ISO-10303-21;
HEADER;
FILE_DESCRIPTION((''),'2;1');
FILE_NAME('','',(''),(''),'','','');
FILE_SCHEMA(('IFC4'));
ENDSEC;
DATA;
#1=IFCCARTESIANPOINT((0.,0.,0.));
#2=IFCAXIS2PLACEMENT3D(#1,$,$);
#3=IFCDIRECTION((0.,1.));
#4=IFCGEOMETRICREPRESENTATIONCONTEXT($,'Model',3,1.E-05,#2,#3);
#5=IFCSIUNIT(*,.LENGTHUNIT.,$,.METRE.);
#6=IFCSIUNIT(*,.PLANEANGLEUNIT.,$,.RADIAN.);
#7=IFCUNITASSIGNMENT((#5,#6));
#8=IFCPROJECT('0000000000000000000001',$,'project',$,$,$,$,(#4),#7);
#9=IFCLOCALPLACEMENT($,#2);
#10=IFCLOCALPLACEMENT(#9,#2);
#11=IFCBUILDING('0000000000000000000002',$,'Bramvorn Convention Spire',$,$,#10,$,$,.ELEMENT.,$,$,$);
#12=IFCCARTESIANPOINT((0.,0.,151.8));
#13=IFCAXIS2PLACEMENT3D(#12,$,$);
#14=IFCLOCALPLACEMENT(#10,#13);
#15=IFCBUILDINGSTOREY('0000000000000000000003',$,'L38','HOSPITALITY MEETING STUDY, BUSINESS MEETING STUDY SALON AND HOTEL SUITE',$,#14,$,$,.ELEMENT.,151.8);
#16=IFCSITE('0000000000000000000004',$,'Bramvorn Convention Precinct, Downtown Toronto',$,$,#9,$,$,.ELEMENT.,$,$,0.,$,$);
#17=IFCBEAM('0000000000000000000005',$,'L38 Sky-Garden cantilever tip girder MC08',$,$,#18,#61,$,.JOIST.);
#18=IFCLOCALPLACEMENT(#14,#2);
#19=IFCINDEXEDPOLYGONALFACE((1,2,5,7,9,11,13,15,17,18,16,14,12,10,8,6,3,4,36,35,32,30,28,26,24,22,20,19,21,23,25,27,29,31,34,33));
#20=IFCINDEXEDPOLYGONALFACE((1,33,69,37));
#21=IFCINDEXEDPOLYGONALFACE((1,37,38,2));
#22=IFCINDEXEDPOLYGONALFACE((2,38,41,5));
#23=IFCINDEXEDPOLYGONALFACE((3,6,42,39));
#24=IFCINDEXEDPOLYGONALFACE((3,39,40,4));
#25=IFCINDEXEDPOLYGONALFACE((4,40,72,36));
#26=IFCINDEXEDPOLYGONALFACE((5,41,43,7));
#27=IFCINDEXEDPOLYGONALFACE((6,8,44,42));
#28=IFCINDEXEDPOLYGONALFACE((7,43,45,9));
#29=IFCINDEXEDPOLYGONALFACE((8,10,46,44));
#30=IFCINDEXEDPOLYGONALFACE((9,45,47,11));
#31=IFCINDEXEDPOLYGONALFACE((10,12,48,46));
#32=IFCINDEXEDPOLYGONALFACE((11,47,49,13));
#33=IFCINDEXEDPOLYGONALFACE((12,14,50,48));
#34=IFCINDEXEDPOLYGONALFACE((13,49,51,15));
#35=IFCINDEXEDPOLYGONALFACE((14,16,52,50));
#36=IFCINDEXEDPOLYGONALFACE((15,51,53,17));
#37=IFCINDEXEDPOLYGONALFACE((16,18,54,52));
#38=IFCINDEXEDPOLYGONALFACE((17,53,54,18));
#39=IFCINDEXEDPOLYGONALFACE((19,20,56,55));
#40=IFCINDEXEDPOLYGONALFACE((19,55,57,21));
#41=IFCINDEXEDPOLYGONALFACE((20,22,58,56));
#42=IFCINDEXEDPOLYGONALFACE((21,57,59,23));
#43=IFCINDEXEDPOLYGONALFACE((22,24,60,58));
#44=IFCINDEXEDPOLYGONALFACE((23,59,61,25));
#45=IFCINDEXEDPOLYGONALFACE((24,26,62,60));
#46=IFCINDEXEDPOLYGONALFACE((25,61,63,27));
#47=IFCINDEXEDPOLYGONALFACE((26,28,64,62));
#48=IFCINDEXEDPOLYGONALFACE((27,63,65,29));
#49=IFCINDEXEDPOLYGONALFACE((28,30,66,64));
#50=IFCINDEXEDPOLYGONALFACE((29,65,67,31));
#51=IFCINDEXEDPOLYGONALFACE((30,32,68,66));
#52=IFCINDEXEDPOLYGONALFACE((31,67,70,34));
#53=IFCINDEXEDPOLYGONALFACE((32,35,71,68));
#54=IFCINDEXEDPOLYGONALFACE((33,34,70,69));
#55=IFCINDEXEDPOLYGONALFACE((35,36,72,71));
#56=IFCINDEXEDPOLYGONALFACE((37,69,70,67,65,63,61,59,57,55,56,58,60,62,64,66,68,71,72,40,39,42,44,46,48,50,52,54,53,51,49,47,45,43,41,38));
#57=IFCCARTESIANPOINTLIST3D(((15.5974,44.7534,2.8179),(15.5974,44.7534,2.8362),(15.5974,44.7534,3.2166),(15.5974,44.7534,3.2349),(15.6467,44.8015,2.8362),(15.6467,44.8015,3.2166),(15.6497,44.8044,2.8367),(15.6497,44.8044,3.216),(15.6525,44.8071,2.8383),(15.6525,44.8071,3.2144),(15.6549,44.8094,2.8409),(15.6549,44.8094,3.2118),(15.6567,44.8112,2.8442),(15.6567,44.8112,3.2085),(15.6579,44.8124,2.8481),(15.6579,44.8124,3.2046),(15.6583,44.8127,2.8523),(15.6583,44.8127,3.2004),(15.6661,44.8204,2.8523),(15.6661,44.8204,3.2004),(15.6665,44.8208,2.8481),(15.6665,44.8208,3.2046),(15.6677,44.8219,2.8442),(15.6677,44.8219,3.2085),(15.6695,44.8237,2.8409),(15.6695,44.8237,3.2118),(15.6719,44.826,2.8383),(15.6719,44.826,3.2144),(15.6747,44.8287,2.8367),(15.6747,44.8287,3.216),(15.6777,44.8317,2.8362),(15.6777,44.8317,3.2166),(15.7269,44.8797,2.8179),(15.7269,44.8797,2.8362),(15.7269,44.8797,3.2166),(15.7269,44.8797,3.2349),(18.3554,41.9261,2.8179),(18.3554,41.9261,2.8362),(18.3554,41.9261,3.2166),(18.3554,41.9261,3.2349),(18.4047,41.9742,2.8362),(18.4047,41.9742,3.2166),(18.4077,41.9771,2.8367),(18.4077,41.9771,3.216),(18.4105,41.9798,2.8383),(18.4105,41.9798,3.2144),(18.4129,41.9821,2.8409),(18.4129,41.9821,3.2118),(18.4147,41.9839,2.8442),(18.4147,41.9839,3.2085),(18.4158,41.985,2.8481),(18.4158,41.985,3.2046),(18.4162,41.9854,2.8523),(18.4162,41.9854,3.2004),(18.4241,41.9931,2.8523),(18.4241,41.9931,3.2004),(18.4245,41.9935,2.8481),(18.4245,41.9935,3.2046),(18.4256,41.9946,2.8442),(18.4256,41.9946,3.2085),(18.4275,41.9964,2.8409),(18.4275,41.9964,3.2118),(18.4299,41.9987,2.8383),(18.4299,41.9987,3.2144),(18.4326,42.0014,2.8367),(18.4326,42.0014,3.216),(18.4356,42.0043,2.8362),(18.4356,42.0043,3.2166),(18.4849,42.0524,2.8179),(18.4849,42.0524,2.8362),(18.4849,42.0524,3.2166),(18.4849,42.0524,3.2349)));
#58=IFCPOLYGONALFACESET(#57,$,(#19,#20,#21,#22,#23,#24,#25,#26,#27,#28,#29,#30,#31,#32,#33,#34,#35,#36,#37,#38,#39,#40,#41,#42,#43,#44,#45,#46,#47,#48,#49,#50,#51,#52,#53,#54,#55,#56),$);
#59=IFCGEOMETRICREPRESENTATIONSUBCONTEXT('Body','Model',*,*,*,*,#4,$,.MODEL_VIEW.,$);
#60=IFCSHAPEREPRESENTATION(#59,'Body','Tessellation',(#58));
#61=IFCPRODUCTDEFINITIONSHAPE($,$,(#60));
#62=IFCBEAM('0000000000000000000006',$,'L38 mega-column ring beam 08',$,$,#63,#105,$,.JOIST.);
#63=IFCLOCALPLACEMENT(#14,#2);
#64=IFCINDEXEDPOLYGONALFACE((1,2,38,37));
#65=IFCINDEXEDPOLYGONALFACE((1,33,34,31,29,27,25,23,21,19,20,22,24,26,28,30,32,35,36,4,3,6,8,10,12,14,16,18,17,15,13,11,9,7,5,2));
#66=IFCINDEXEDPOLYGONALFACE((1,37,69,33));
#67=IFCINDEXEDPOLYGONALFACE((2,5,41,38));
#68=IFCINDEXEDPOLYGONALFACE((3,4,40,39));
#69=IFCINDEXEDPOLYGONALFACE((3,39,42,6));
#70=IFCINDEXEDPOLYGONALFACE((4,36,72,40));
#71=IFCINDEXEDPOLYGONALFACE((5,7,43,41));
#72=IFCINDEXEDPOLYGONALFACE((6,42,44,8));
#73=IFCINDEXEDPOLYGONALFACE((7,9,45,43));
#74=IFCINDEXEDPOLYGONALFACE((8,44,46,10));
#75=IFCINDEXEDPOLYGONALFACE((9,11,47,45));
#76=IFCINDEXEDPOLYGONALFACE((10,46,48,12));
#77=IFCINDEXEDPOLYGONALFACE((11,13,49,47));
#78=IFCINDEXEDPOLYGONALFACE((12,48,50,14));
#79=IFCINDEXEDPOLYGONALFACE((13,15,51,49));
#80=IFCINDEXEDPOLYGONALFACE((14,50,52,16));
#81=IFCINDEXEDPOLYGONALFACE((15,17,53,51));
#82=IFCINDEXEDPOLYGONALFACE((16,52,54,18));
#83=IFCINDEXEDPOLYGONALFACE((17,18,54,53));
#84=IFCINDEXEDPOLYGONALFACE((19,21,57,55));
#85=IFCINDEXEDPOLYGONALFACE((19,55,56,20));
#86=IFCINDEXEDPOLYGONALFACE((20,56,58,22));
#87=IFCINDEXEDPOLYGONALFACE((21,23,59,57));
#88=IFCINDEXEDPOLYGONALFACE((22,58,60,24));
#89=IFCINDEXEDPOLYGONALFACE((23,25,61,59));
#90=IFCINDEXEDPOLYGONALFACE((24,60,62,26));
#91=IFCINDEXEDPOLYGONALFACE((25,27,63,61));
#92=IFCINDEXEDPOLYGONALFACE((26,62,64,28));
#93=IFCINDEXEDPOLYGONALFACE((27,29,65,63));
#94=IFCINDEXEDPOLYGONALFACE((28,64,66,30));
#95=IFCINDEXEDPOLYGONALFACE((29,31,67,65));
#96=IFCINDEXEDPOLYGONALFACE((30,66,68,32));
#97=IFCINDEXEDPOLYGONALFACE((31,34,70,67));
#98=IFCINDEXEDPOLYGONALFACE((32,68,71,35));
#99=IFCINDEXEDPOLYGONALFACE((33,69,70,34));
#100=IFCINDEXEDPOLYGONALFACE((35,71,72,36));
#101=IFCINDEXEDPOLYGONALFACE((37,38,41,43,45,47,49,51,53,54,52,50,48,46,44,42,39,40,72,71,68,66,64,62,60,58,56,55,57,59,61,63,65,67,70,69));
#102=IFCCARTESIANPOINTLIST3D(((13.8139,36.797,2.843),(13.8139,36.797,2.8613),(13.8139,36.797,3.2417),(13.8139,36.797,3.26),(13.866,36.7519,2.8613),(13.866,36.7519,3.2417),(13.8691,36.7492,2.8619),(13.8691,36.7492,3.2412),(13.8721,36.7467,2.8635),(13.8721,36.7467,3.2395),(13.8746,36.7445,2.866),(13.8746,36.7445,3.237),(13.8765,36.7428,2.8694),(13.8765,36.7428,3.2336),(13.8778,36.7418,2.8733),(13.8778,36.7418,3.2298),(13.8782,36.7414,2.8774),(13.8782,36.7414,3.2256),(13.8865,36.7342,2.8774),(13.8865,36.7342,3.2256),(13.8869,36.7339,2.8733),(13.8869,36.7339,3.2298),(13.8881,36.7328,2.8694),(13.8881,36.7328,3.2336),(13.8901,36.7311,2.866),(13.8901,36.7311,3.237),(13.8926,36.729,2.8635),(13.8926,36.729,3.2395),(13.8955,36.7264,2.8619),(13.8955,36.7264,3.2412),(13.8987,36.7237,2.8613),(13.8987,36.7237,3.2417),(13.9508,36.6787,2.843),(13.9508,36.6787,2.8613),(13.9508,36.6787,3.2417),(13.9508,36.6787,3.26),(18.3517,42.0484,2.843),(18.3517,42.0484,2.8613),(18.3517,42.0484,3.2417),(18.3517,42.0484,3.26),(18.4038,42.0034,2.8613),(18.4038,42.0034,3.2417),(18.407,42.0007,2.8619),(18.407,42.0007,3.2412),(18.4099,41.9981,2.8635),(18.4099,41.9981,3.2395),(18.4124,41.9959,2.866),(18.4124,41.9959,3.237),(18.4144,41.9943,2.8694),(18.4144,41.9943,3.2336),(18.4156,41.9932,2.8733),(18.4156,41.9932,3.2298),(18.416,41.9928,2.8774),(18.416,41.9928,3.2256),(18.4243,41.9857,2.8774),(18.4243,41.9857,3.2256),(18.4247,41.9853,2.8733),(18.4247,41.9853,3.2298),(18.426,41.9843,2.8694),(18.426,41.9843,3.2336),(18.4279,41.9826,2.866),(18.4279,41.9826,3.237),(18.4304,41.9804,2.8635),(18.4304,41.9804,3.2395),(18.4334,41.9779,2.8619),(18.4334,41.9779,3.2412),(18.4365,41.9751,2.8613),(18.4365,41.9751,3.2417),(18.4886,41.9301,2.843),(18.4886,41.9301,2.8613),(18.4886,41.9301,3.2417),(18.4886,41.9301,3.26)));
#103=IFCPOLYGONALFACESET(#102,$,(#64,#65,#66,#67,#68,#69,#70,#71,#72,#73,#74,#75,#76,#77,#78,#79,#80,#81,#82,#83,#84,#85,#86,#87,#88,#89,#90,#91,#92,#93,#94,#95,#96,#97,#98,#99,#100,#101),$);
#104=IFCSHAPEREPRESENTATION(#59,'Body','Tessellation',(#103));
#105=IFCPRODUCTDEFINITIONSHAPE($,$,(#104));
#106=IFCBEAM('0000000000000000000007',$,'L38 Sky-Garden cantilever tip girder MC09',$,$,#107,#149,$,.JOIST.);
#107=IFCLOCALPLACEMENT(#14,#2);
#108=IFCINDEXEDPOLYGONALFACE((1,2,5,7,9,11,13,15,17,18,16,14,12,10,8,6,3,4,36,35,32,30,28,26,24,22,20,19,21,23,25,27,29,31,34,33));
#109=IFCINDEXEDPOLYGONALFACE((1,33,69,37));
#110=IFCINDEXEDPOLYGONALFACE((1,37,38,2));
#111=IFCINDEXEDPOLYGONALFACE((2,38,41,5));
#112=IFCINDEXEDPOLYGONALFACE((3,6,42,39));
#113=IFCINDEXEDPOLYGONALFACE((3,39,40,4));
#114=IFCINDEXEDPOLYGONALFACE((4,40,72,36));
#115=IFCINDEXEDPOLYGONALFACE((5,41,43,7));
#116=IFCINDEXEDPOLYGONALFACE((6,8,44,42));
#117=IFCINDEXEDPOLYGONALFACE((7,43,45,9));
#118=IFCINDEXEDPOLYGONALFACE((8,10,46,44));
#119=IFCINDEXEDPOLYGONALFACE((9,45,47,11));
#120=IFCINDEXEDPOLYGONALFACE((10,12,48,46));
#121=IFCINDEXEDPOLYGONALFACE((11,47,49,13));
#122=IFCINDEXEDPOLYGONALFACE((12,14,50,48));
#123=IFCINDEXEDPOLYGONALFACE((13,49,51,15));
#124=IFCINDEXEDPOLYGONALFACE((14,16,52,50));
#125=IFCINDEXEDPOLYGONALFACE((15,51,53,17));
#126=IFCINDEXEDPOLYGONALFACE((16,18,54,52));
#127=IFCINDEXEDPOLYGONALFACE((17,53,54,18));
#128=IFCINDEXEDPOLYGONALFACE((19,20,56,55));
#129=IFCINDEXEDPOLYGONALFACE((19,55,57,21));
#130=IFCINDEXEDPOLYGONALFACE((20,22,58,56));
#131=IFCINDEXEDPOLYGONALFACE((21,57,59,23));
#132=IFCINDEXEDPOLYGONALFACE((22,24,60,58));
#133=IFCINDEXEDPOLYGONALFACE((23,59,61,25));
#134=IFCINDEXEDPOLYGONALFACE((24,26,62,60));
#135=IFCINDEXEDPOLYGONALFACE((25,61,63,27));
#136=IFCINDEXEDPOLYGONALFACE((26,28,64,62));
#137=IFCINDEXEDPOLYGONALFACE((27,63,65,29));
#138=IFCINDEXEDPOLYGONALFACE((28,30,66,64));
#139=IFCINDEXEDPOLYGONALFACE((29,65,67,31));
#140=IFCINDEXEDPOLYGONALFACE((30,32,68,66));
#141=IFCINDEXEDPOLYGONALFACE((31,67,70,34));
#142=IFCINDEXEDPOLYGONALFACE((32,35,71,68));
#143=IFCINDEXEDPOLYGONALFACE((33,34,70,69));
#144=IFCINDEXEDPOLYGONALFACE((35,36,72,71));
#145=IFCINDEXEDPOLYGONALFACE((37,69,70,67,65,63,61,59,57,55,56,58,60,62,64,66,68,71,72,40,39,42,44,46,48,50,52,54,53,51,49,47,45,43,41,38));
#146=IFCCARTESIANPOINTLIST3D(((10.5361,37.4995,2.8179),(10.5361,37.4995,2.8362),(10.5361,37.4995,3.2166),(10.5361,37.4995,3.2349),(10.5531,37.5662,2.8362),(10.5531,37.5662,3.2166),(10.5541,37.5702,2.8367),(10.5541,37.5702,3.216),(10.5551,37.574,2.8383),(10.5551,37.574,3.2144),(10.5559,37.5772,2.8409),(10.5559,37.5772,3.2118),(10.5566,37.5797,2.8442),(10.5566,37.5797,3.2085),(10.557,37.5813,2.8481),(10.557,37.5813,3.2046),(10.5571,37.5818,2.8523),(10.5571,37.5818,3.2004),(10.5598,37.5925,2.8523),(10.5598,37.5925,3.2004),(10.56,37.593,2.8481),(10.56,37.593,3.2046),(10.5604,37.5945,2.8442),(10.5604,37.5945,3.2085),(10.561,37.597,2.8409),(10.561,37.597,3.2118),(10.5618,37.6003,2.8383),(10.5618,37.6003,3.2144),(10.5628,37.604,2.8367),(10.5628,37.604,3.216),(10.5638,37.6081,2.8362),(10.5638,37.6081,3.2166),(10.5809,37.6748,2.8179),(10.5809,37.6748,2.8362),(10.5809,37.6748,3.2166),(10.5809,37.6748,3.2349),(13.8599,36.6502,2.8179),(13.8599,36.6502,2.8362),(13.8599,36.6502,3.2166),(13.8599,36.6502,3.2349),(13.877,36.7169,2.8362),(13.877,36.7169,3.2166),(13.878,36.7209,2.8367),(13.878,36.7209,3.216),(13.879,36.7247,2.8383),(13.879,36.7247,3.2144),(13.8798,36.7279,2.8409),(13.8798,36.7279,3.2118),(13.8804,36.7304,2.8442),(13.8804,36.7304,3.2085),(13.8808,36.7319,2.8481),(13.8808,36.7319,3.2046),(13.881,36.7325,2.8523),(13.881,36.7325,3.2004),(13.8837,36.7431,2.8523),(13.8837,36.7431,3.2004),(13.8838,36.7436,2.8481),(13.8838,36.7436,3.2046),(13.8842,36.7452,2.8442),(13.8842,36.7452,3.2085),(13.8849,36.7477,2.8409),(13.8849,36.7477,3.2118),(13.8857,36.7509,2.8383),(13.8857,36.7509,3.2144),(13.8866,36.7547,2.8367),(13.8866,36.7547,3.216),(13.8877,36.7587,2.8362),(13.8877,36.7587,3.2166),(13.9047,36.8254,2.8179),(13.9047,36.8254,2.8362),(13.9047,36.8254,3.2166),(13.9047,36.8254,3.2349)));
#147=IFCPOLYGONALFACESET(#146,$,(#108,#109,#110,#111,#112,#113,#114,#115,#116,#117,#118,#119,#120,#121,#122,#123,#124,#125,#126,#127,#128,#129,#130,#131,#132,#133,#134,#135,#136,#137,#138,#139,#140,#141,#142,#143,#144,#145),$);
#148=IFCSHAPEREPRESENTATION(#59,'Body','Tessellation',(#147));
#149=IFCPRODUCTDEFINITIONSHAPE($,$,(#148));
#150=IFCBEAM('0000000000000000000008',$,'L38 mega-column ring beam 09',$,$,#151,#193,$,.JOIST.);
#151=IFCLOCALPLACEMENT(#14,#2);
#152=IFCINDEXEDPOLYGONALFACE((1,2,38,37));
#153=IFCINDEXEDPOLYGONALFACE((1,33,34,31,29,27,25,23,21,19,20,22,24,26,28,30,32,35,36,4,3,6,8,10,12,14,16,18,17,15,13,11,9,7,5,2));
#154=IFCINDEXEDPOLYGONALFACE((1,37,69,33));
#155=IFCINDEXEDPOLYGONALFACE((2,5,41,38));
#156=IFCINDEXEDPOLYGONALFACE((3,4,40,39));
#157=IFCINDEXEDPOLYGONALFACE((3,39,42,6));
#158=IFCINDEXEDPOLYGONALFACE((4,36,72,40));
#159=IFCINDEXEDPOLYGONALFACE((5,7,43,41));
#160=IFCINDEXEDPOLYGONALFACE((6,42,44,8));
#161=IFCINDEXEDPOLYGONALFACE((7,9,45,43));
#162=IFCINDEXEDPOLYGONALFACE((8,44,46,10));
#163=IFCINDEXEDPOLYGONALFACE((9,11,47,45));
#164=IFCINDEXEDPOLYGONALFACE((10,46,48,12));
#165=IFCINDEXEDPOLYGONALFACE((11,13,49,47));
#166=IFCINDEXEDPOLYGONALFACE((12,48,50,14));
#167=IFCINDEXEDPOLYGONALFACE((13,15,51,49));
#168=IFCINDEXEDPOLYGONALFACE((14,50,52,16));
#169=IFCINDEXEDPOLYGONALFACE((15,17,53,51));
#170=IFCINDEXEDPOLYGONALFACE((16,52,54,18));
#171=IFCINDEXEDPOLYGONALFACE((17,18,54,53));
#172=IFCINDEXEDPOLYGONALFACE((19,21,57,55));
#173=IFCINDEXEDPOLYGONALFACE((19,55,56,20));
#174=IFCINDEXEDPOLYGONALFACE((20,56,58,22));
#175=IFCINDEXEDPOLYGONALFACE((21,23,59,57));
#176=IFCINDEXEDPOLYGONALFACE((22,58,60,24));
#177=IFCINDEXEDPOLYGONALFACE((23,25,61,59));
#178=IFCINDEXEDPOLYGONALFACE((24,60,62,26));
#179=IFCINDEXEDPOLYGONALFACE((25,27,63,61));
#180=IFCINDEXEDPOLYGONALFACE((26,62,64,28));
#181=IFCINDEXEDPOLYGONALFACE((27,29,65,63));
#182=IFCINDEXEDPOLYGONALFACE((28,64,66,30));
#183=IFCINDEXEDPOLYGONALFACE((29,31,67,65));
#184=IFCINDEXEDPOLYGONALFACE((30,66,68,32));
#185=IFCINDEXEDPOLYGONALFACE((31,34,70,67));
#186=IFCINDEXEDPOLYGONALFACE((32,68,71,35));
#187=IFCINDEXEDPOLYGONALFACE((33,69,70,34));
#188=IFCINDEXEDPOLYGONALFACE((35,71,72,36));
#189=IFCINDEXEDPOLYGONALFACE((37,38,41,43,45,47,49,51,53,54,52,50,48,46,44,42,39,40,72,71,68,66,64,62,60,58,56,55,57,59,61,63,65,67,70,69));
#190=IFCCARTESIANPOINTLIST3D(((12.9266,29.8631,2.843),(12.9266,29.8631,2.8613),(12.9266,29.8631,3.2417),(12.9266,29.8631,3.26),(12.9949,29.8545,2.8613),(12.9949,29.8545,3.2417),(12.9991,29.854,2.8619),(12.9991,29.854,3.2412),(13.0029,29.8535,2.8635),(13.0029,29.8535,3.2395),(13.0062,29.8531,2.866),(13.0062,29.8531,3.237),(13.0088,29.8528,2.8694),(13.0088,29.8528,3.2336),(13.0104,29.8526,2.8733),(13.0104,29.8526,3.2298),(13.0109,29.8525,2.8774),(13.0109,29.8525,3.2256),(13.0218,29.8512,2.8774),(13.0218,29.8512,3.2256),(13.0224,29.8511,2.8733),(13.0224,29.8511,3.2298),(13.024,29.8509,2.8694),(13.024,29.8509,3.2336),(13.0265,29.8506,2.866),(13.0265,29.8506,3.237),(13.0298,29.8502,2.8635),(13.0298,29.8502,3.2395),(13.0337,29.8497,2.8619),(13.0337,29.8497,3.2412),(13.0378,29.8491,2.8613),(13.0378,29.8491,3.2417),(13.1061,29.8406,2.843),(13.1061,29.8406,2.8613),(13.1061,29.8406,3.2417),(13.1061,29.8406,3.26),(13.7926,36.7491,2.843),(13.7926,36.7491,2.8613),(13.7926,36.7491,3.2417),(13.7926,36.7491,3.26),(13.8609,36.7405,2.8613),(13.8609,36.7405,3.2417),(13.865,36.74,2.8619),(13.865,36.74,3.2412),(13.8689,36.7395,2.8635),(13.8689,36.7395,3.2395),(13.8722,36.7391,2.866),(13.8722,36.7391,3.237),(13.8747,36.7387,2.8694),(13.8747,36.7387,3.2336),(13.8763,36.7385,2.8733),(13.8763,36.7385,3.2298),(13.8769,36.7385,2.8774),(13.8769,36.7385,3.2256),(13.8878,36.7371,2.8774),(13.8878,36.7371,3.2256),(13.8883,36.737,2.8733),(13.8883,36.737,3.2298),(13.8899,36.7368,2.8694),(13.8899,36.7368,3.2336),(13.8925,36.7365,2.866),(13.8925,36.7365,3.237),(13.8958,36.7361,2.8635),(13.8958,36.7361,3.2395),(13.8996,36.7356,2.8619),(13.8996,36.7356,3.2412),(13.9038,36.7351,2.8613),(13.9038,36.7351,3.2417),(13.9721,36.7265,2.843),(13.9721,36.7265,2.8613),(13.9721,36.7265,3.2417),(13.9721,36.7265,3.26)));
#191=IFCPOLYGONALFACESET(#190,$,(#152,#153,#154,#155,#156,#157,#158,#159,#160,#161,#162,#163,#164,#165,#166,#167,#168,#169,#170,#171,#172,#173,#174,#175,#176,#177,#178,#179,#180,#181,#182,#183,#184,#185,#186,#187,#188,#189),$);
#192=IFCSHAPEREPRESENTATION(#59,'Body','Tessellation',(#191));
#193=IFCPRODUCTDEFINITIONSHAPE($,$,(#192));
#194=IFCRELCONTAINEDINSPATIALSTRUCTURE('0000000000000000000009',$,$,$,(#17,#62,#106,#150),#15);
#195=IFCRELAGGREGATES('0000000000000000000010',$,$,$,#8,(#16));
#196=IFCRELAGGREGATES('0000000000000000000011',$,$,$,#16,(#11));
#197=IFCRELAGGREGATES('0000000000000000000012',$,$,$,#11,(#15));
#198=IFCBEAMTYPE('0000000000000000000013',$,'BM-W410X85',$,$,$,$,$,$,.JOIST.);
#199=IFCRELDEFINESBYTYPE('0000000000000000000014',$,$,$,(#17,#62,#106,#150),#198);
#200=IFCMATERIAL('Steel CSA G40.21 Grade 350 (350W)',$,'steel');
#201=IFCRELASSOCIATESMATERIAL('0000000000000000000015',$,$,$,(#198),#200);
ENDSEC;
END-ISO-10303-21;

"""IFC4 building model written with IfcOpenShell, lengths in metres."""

from ifc_helpers import new_model, si_unit, direction, frame, origin, origin_2d, place, context, subcontext, project, spatial, i_section, extrude, material, material_profile, profile_set, type_object, element, save


model = new_model("IFC4")

# Units and contexts
model_context = context("Model", 3, precision=1e-05, world=origin(), true_north=direction((0.0, 1.0)))
body_context = subcontext(model_context, "Body", "Model", "MODEL_VIEW")
ifc_project = project(units=[si_unit("LENGTHUNIT", "METRE"), si_unit("PLANEANGLEUNIT", "RADIAN")], contexts=[model_context])

# Site, building, storey
site_placement = place(None, origin())
site = spatial("IfcSite", under=ifc_project, at=site_placement, Name="Bramvorn Convention Precinct, Downtown Toronto", CompositionType="ELEMENT", RefElevation=0.0)
building_placement = place(site_placement, origin())
building = spatial("IfcBuilding", under=site, at=building_placement, Name="Bramvorn Convention Spire", CompositionType="ELEMENT")
storey_placement = place(building_placement, frame((0.0, 0.0, 151.8)))
storey = spatial("IfcBuildingStorey", under=building, at=storey_placement, Name="L38", Description="HOSPITALITY MEETING STUDY, BUSINESS MEETING STUDY SALON AND HOTEL SUITE", CompositionType="ELEMENT", Elevation=151.8)

# Shared definitions
ifc_material_1 = material(Name="Steel CSA G40.21 Grade 350 (350W)", Category="steel")

# Beams
ifc_material_profile_1 = material_profile(ifc_material_1, i_section(OverallWidth=0.1809, OverallDepth=0.417, WebThickness=0.011, FlangeThickness=0.0183, FilletRadius=0.0161, at=origin_2d()))
ifc_profile_set_1 = profile_set([ifc_material_profile_1], Name="Steel CSA G40.21 Grade 350 (350W) - W410X85")
beam_type = type_object("IfcBeamType", Name="BM-W410X85", PredefinedType="JOIST", material=ifc_profile_set_1)
beam_1_placement = place(storey_placement, frame((18.4202, 41.9893, 3.0264), z_axis=(-0.698275, 0.715829, 0.0), x_axis=(-0.715829, -0.698275, 0.0)))
element("IfcBeam", 1, at=beam_1_placement, inside=storey, type_object=beam_type, Name="L38 Sky-Garden cantilever tip girder MC08", PredefinedType="JOIST", context=body_context, shape_type="SweptSolid", body=[
    extrude(i_section(OverallWidth=0.1809, OverallDepth=0.417, WebThickness=0.011, FlangeThickness=0.0183, FilletRadius=0.0161, at=origin_2d()), origin(), (0.0, 0.0, 1.0), 3.9497),
])
beam_2_placement = place(storey_placement, frame((18.4202, 41.9893, 3.0515), z_axis=(-0.653825, -0.756646, 0.0), x_axis=(0.756646, -0.653825, 0.0)))
element("IfcBeam", 2, at=beam_2_placement, inside=storey, type_object=beam_type, Name="L38 mega-column ring beam 08", PredefinedType="JOIST", context=body_context, shape_type="SweptSolid", body=[
    extrude(i_section(OverallWidth=0.1809, OverallDepth=0.417, WebThickness=0.011, FlangeThickness=0.0183, FilletRadius=0.0161, at=origin_2d()), origin(), (0.0, 0.0, 1.0), 6.9404),
])
beam_3_placement = place(storey_placement, frame((13.8823, 36.7378, 3.0264), z_axis=(-0.968869, 0.247572, 0.0), x_axis=(-0.247572, -0.968869, 0.0)))
element("IfcBeam", 3, at=beam_3_placement, inside=storey, type_object=beam_type, Name="L38 Sky-Garden cantilever tip girder MC09", PredefinedType="JOIST", context=body_context, shape_type="SweptSolid", body=[
    extrude(i_section(OverallWidth=0.1809, OverallDepth=0.417, WebThickness=0.011, FlangeThickness=0.0183, FilletRadius=0.0161, at=origin_2d()), origin(), (0.0, 0.0, 1.0), 3.4307),
])
beam_4_placement = place(storey_placement, frame((13.8823, 36.7378, 3.0515), z_axis=(-0.124775, -0.992185, 0.0), x_axis=(0.992185, -0.124775, 0.0)))
element("IfcBeam", 4, at=beam_4_placement, inside=storey, type_object=beam_type, Name="L38 mega-column ring beam 09", PredefinedType="JOIST", context=body_context, shape_type="SweptSolid", body=[
    extrude(i_section(OverallWidth=0.1809, OverallDepth=0.417, WebThickness=0.011, FlangeThickness=0.0183, FilletRadius=0.0161, at=origin_2d()), origin(), (0.0, 0.0, 1.0), 6.9402),
])

save(model, "model.ifc")
